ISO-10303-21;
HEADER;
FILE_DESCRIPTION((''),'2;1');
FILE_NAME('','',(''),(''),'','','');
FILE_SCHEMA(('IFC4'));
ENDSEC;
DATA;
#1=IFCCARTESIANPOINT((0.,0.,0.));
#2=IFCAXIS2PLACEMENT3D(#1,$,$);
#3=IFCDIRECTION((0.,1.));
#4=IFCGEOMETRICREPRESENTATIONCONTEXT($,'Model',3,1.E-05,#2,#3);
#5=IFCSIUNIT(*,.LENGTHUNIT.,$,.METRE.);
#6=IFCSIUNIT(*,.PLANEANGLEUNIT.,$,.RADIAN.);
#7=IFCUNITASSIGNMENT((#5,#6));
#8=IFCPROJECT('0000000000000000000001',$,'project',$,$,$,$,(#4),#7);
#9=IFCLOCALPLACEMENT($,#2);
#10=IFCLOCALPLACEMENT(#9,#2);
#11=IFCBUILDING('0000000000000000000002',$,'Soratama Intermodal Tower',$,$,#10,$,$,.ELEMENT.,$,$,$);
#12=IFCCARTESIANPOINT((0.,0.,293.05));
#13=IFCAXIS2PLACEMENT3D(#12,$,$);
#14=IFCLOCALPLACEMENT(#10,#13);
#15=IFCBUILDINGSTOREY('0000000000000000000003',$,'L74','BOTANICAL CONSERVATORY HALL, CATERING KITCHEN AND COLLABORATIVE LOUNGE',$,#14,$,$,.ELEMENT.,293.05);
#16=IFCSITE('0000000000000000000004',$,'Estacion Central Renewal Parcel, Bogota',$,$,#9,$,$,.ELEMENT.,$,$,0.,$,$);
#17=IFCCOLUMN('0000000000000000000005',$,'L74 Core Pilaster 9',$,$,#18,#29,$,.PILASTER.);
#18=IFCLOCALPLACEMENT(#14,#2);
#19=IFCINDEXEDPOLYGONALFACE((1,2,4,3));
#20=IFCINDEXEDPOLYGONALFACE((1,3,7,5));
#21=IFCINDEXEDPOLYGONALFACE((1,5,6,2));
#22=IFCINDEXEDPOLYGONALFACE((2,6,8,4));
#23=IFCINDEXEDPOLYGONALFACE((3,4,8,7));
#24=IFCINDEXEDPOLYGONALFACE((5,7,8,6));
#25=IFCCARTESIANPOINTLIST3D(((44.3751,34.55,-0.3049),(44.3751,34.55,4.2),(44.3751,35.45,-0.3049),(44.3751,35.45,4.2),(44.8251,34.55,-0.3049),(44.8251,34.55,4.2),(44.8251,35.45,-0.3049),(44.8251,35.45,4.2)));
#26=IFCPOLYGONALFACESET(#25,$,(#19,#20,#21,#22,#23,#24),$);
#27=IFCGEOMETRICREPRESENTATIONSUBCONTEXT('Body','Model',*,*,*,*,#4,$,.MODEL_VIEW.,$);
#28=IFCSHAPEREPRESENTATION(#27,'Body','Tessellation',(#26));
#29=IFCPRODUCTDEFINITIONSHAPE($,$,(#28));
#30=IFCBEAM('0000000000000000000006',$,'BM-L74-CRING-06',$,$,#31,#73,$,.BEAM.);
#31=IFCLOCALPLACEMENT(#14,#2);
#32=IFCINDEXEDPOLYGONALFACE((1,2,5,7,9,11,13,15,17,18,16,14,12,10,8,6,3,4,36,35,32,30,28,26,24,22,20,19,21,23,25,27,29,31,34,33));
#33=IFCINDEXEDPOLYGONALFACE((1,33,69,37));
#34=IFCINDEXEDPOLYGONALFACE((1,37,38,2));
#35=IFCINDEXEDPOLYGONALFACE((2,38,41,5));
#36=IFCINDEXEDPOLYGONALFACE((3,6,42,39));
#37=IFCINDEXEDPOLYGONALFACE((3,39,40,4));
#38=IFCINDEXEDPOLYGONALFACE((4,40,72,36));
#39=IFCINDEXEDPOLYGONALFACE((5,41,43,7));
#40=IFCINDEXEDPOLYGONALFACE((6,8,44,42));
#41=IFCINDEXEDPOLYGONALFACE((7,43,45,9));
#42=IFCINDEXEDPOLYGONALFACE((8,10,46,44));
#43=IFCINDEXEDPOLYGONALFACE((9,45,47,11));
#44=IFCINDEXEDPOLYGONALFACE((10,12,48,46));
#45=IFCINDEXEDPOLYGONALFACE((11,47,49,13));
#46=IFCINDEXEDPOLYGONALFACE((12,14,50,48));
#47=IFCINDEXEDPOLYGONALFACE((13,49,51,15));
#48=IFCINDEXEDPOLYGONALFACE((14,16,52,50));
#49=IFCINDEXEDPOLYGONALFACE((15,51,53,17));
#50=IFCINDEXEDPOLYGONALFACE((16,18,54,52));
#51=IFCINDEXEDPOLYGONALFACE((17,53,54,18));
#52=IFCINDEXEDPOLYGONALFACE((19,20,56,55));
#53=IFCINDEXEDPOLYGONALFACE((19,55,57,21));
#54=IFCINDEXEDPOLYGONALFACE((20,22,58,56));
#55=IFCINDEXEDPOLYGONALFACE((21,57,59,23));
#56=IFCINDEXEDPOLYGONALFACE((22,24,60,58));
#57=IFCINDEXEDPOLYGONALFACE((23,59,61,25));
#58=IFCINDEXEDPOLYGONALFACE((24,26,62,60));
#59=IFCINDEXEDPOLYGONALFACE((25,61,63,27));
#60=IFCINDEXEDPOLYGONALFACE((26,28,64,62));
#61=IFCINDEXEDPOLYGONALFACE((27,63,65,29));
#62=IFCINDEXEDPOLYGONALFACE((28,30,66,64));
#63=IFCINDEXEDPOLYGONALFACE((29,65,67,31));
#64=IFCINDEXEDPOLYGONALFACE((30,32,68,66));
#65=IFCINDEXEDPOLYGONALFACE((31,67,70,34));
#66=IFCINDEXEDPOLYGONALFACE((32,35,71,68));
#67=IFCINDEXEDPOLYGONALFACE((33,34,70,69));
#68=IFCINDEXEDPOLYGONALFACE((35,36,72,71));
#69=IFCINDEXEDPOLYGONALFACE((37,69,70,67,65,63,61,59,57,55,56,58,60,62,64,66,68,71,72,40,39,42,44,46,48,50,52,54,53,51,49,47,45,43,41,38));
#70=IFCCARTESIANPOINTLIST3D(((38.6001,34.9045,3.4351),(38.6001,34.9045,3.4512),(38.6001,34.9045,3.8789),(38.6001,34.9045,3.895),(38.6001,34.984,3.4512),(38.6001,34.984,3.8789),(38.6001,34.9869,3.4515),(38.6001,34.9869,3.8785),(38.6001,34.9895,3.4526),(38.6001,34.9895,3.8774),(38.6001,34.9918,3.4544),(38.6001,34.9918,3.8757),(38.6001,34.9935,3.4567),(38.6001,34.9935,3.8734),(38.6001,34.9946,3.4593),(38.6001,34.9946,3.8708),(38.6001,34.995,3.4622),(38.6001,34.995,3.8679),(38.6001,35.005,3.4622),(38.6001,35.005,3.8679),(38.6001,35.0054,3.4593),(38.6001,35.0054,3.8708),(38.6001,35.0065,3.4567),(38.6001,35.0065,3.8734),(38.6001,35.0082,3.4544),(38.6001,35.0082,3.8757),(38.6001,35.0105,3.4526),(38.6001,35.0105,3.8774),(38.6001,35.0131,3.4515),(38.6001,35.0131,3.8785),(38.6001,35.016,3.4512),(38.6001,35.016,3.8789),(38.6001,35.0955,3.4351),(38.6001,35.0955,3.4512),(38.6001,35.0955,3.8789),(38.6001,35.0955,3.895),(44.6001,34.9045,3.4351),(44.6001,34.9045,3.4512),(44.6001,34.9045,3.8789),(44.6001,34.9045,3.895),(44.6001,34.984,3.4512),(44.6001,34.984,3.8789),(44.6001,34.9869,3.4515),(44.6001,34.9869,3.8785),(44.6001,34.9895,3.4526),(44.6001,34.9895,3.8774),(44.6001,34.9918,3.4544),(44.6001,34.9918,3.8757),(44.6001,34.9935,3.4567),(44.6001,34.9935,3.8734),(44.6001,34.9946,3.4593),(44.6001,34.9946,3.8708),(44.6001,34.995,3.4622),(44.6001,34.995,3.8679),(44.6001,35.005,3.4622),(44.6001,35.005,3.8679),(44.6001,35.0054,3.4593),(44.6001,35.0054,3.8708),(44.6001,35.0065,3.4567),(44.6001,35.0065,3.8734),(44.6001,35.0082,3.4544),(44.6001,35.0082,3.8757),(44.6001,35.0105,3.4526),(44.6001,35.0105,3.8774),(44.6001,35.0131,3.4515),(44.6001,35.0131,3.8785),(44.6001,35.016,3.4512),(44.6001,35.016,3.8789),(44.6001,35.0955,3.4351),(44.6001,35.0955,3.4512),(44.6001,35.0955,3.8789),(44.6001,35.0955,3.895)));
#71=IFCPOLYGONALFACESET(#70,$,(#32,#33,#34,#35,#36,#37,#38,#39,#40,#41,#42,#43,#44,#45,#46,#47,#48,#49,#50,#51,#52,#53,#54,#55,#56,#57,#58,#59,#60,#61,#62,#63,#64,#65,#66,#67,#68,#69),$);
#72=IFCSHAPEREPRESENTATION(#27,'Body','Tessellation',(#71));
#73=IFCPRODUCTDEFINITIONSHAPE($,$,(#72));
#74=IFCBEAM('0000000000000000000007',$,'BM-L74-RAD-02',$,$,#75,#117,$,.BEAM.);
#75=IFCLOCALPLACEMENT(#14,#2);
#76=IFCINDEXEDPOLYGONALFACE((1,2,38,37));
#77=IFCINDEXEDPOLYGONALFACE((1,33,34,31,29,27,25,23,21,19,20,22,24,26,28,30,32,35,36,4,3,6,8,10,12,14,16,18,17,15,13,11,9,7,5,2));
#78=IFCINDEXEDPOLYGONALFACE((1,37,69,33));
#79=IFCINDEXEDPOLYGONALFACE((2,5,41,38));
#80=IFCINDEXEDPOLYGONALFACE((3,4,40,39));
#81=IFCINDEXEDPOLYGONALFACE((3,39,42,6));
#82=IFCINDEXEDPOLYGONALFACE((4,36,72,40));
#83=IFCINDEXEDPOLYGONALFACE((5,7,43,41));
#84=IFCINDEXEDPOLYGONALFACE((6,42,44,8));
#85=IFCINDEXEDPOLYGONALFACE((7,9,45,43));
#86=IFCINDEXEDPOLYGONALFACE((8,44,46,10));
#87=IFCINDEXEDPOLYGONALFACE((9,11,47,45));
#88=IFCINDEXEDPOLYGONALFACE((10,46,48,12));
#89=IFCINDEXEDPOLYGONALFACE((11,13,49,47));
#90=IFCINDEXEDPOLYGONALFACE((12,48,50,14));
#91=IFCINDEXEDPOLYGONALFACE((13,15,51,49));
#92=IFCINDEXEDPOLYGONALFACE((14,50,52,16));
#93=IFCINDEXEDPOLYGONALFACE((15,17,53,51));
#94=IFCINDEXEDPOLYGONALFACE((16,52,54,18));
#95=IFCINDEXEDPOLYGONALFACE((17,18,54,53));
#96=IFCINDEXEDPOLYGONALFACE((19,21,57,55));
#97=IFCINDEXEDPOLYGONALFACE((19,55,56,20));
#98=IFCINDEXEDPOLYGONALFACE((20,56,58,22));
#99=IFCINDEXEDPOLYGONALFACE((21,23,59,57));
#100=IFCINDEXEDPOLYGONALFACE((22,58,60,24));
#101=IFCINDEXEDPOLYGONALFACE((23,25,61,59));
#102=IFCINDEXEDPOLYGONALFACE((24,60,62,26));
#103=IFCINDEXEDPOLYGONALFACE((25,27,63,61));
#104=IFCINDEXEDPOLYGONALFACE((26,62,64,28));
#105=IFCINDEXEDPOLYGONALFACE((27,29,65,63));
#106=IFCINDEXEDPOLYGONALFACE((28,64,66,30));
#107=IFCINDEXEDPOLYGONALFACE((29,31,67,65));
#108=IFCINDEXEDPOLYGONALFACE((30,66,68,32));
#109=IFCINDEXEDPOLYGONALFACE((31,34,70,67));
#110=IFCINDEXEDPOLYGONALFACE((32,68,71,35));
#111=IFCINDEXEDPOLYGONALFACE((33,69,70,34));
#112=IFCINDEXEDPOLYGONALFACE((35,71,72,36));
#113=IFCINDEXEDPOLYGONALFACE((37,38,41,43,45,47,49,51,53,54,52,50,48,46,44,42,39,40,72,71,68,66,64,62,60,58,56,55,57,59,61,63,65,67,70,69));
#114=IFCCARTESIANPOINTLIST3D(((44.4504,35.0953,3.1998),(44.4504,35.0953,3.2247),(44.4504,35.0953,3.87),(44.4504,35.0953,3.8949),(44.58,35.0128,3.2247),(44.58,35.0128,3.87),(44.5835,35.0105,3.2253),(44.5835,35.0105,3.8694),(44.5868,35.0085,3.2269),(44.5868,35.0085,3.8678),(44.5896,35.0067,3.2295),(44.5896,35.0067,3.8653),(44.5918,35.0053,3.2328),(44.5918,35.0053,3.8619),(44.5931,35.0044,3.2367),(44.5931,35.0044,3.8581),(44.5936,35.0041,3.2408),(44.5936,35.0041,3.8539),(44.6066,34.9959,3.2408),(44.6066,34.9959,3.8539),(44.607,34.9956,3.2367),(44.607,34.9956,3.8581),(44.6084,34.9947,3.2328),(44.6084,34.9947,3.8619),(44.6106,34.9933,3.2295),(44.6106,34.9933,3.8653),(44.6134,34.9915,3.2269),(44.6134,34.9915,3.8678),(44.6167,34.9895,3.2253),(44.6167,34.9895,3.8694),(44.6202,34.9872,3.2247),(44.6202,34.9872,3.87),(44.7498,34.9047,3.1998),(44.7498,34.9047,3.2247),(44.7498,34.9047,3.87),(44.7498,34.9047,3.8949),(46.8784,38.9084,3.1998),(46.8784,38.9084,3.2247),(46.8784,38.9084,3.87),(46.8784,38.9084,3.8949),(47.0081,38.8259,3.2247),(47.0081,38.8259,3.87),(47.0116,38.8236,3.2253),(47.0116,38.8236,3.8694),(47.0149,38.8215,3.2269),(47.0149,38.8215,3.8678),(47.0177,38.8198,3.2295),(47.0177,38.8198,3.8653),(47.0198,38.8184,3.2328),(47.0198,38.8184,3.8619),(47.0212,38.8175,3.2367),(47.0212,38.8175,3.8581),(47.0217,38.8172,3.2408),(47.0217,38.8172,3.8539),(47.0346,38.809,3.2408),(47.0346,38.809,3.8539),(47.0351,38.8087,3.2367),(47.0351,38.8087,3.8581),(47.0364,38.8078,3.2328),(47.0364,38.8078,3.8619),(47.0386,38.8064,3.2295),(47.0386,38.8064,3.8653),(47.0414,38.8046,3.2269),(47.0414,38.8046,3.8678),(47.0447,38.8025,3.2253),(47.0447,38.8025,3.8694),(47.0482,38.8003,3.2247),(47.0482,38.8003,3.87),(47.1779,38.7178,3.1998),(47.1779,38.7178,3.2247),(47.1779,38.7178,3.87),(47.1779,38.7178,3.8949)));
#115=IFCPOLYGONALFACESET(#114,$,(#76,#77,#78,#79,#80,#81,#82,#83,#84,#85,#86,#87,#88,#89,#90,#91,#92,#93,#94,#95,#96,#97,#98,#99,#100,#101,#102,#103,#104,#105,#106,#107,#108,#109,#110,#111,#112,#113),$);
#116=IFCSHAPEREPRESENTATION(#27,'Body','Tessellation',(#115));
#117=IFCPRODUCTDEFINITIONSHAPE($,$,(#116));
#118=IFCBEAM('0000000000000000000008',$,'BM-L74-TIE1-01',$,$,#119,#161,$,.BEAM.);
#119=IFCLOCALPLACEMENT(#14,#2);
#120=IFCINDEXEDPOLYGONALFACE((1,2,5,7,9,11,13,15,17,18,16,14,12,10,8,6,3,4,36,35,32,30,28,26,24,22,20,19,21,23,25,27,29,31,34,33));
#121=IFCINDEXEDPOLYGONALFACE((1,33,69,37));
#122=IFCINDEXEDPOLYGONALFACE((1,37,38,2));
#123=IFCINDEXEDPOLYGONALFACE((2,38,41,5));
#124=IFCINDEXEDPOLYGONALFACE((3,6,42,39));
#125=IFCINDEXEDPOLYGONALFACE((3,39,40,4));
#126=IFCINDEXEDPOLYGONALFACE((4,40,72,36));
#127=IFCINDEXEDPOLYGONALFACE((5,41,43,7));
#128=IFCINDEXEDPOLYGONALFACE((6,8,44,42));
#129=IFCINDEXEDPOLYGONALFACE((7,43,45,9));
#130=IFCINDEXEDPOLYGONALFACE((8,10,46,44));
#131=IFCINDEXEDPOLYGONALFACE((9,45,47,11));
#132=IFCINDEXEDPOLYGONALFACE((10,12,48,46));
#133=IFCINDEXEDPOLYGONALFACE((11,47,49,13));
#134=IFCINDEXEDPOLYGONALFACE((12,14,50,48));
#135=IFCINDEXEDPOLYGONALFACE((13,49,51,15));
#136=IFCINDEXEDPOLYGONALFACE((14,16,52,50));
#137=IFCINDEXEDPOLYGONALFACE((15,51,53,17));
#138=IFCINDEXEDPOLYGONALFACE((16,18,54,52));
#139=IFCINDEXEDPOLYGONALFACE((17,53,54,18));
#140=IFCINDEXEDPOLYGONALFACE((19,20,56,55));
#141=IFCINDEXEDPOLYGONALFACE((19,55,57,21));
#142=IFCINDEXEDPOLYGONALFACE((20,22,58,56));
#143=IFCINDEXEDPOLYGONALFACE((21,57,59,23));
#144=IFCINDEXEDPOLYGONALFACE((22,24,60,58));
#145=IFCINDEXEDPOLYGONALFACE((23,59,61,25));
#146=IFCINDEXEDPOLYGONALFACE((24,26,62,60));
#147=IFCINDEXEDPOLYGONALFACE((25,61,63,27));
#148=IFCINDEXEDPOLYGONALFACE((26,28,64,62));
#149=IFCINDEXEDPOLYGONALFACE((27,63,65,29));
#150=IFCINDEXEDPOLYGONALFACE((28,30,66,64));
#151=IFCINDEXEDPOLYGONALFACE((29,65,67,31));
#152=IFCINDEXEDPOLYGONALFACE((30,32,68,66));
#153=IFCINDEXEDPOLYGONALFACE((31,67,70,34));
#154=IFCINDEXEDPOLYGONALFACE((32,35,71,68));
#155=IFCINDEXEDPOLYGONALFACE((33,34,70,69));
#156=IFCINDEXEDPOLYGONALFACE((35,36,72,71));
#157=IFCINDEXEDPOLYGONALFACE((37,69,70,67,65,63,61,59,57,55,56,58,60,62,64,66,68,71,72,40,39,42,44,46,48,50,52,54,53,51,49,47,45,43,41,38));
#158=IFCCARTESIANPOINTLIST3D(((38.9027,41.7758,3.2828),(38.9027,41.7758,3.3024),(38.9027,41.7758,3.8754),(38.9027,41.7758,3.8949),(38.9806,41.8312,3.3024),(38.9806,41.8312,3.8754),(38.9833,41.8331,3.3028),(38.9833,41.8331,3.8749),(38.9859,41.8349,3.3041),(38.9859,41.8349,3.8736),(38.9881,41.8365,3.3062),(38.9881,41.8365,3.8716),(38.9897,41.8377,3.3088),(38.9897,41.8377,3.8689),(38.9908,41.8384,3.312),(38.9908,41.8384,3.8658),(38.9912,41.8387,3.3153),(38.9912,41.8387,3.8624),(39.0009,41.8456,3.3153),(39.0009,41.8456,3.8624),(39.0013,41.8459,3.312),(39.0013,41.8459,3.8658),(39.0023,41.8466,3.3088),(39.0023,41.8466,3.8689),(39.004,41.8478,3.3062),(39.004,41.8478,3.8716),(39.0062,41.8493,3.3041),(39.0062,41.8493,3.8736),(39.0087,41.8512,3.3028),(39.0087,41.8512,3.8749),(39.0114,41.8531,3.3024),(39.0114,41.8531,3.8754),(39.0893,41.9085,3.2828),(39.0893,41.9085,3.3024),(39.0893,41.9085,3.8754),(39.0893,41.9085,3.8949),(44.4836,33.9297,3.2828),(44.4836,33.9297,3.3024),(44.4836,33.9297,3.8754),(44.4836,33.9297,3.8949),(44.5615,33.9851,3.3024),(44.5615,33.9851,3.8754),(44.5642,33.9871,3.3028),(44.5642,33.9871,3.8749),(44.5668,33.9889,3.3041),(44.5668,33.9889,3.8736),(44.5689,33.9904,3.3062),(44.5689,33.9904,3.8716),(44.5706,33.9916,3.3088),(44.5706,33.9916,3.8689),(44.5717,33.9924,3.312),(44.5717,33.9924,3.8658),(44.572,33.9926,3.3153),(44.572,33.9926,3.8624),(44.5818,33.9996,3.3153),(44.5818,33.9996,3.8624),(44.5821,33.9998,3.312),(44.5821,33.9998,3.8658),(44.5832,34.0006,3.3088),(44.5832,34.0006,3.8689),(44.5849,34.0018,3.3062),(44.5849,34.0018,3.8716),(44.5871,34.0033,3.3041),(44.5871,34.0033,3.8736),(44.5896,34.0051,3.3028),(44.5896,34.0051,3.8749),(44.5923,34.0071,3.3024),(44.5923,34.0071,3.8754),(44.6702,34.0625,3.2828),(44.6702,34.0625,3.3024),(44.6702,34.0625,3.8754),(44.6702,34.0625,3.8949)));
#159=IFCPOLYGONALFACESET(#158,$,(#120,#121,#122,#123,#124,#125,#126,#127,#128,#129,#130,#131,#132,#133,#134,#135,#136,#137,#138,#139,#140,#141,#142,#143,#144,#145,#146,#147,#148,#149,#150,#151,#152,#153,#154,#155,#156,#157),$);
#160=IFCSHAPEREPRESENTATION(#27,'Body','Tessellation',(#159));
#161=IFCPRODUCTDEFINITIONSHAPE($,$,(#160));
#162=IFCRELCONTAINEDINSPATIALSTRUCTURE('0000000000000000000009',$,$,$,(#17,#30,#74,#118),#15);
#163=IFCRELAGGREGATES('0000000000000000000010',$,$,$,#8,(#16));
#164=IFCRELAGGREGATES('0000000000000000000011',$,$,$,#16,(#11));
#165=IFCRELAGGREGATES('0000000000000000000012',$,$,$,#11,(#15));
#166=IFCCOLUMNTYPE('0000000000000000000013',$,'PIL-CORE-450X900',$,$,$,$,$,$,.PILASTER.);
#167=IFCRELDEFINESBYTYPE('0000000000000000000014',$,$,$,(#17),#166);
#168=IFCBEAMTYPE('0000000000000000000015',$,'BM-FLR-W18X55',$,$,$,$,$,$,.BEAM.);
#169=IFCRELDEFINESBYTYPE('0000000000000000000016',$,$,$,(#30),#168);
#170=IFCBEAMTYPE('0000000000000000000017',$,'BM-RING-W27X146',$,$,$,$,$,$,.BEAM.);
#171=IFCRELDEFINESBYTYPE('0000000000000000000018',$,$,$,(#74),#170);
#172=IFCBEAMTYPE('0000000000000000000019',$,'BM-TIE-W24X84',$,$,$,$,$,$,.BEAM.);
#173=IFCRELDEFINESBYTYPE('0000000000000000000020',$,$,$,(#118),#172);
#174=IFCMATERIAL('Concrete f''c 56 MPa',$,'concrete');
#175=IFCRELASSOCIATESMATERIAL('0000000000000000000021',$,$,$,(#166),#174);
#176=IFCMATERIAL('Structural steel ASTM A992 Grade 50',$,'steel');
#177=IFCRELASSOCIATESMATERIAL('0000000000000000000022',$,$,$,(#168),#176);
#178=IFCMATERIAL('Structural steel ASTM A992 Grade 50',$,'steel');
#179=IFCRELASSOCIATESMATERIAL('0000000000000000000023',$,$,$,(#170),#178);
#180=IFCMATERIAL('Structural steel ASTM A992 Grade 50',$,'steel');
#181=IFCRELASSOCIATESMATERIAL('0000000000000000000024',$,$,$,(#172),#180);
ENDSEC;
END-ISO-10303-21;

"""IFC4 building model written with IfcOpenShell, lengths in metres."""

from ifc_helpers import new_model, si_unit, direction, frame, origin, origin_2d, place, context, subcontext, project, spatial, rectangle, i_section, extrude, material, material_profile, profile_set, type_object, element, save


model = new_model("IFC4")

# Units and contexts
model_context = context("Model", 3, precision=1e-05, world=origin(), true_north=direction((0.0, 1.0)))
body_context = subcontext(model_context, "Body", "Model", "MODEL_VIEW")
ifc_project = project(units=[si_unit("LENGTHUNIT", "METRE"), si_unit("PLANEANGLEUNIT", "RADIAN")], contexts=[model_context])

# Site, building, storey
site_placement = place(None, origin())
site = spatial("IfcSite", under=ifc_project, at=site_placement, Name="Estacion Central Renewal Parcel, Bogota", CompositionType="ELEMENT", RefElevation=0.0)
building_placement = place(site_placement, origin())
building = spatial("IfcBuilding", under=site, at=building_placement, Name="Soratama Intermodal Tower", CompositionType="ELEMENT")
storey_placement = place(building_placement, frame((0.0, 0.0, 293.05)))
storey = spatial("IfcBuildingStorey", under=building, at=storey_placement, Name="L74", Description="BOTANICAL CONSERVATORY HALL, CATERING KITCHEN AND COLLABORATIVE LOUNGE", CompositionType="ELEMENT", Elevation=293.05)

# Column
ifc_material_1 = material(Name="Concrete f'c 56 MPa", Category="concrete")
ifc_material_profile_1 = material_profile(ifc_material_1, rectangle(XDim=0.45, YDim=0.8999, at=origin_2d()), Name="RC450X900")
ifc_profile_set_1 = profile_set([ifc_material_profile_1], Name="Concrete f'c 56 MPa")
column_type = type_object("IfcColumnType", Name="PIL-CORE-450X900", PredefinedType="PILASTER", material=ifc_profile_set_1)
column_placement = place(storey_placement, frame((44.6001, 35.0, -0.3049), z_axis=(0.0, 0.0, 1.0), x_axis=(1.0, 0.0, 0.0)))
element("IfcColumn", 1, at=column_placement, inside=storey, type_object=column_type, Name="L74 Core Pilaster 9", PredefinedType="PILASTER", context=body_context, shape_type="SweptSolid", body=[
    extrude(rectangle(XDim=0.45, YDim=0.8999, at=origin_2d()), origin(), (0.0, 0.0, 1.0), 4.5049),
])

# Beams
ifc_material_2 = material(Name="Structural steel ASTM A992 Grade 50", Category="steel")
ifc_material_profile_2 = material_profile(ifc_material_2, i_section(OverallWidth=0.1909, OverallDepth=0.46, WebThickness=0.01, FlangeThickness=0.0161, FilletRadius=0.011, at=origin_2d()), Name="W18X55")
ifc_profile_set_2 = profile_set([ifc_material_profile_2], Name="Structural steel ASTM A992 Grade 50")
beam_type_1 = type_object("IfcBeamType", Name="BM-FLR-W18X55", PredefinedType="BEAM", material=ifc_profile_set_2)
beam_1_placement = place(storey_placement, frame((44.6001, 35.0, 3.665), z_axis=(-1.0, 0.0, 0.0), x_axis=(0.0, -1.0, 0.0)))
element("IfcBeam", 2, at=beam_1_placement, inside=storey, type_object=beam_type_1, Name="BM-L74-CRING-06", PredefinedType="BEAM", context=body_context, shape_type="SweptSolid", body=[
    extrude(i_section(OverallWidth=0.1909, OverallDepth=0.46, WebThickness=0.01, FlangeThickness=0.0161, FilletRadius=0.011, at=origin_2d()), origin(), (0.0, 0.0, 1.0), 6.0),
])
ifc_material_3 = material(Name="Structural steel ASTM A992 Grade 50", Category="steel")
ifc_material_profile_3 = material_profile(ifc_material_3, i_section(OverallWidth=0.355, OverallDepth=0.6951, WebThickness=0.0154, FlangeThickness=0.0249, FilletRadius=0.0161, at=origin_2d()), Name="W27X146")
ifc_profile_set_3 = profile_set([ifc_material_profile_3], Name="Structural steel ASTM A992 Grade 50")
beam_type_2 = type_object("IfcBeamType", Name="BM-RING-W27X146", PredefinedType="BEAM", material=ifc_profile_set_3)
beam_2_placement = place(storey_placement, frame((44.6001, 35.0, 3.5474), z_axis=(0.537117, 0.843508, 0.0), x_axis=(-0.843508, 0.537117, 0.0)))
element("IfcBeam", 3, at=beam_2_placement, inside=storey, type_object=beam_type_2, Name="BM-L74-RAD-02", PredefinedType="BEAM", context=body_context, shape_type="SweptSolid", body=[
    extrude(i_section(OverallWidth=0.355, OverallDepth=0.6951, WebThickness=0.0154, FlangeThickness=0.0249, FilletRadius=0.0161, at=origin_2d()), origin(), (0.0, 0.0, 1.0), 4.5205),
])
ifc_material_4 = material(Name="Structural steel ASTM A992 Grade 50", Category="steel")
ifc_material_profile_4 = material_profile(ifc_material_4, i_section(OverallWidth=0.229, OverallDepth=0.6121, WebThickness=0.012, FlangeThickness=0.0195, FilletRadius=0.0129, at=origin_2d()), Name="W24X84")
ifc_profile_set_4 = profile_set([ifc_material_profile_4], Name="Structural steel ASTM A992 Grade 50")
beam_type_3 = type_object("IfcBeamType", Name="BM-TIE-W24X84", PredefinedType="BEAM", material=ifc_profile_set_4)
beam_3_placement = place(storey_placement, frame((44.5769, 33.9961, 3.5889), z_axis=(-0.579625, 0.814883, 0.0), x_axis=(-0.814883, -0.579625, 0.0)))
element("IfcBeam", 4, at=beam_3_placement, inside=storey, type_object=beam_type_3, Name="BM-L74-TIE1-01", PredefinedType="BEAM", context=body_context, shape_type="SweptSolid", body=[
    extrude(i_section(OverallWidth=0.229, OverallDepth=0.6121, WebThickness=0.012, FlangeThickness=0.0195, FilletRadius=0.0129, at=origin_2d()), origin(), (0.0, 0.0, 1.0), 9.6284),
])

save(model, "model.ifc")
